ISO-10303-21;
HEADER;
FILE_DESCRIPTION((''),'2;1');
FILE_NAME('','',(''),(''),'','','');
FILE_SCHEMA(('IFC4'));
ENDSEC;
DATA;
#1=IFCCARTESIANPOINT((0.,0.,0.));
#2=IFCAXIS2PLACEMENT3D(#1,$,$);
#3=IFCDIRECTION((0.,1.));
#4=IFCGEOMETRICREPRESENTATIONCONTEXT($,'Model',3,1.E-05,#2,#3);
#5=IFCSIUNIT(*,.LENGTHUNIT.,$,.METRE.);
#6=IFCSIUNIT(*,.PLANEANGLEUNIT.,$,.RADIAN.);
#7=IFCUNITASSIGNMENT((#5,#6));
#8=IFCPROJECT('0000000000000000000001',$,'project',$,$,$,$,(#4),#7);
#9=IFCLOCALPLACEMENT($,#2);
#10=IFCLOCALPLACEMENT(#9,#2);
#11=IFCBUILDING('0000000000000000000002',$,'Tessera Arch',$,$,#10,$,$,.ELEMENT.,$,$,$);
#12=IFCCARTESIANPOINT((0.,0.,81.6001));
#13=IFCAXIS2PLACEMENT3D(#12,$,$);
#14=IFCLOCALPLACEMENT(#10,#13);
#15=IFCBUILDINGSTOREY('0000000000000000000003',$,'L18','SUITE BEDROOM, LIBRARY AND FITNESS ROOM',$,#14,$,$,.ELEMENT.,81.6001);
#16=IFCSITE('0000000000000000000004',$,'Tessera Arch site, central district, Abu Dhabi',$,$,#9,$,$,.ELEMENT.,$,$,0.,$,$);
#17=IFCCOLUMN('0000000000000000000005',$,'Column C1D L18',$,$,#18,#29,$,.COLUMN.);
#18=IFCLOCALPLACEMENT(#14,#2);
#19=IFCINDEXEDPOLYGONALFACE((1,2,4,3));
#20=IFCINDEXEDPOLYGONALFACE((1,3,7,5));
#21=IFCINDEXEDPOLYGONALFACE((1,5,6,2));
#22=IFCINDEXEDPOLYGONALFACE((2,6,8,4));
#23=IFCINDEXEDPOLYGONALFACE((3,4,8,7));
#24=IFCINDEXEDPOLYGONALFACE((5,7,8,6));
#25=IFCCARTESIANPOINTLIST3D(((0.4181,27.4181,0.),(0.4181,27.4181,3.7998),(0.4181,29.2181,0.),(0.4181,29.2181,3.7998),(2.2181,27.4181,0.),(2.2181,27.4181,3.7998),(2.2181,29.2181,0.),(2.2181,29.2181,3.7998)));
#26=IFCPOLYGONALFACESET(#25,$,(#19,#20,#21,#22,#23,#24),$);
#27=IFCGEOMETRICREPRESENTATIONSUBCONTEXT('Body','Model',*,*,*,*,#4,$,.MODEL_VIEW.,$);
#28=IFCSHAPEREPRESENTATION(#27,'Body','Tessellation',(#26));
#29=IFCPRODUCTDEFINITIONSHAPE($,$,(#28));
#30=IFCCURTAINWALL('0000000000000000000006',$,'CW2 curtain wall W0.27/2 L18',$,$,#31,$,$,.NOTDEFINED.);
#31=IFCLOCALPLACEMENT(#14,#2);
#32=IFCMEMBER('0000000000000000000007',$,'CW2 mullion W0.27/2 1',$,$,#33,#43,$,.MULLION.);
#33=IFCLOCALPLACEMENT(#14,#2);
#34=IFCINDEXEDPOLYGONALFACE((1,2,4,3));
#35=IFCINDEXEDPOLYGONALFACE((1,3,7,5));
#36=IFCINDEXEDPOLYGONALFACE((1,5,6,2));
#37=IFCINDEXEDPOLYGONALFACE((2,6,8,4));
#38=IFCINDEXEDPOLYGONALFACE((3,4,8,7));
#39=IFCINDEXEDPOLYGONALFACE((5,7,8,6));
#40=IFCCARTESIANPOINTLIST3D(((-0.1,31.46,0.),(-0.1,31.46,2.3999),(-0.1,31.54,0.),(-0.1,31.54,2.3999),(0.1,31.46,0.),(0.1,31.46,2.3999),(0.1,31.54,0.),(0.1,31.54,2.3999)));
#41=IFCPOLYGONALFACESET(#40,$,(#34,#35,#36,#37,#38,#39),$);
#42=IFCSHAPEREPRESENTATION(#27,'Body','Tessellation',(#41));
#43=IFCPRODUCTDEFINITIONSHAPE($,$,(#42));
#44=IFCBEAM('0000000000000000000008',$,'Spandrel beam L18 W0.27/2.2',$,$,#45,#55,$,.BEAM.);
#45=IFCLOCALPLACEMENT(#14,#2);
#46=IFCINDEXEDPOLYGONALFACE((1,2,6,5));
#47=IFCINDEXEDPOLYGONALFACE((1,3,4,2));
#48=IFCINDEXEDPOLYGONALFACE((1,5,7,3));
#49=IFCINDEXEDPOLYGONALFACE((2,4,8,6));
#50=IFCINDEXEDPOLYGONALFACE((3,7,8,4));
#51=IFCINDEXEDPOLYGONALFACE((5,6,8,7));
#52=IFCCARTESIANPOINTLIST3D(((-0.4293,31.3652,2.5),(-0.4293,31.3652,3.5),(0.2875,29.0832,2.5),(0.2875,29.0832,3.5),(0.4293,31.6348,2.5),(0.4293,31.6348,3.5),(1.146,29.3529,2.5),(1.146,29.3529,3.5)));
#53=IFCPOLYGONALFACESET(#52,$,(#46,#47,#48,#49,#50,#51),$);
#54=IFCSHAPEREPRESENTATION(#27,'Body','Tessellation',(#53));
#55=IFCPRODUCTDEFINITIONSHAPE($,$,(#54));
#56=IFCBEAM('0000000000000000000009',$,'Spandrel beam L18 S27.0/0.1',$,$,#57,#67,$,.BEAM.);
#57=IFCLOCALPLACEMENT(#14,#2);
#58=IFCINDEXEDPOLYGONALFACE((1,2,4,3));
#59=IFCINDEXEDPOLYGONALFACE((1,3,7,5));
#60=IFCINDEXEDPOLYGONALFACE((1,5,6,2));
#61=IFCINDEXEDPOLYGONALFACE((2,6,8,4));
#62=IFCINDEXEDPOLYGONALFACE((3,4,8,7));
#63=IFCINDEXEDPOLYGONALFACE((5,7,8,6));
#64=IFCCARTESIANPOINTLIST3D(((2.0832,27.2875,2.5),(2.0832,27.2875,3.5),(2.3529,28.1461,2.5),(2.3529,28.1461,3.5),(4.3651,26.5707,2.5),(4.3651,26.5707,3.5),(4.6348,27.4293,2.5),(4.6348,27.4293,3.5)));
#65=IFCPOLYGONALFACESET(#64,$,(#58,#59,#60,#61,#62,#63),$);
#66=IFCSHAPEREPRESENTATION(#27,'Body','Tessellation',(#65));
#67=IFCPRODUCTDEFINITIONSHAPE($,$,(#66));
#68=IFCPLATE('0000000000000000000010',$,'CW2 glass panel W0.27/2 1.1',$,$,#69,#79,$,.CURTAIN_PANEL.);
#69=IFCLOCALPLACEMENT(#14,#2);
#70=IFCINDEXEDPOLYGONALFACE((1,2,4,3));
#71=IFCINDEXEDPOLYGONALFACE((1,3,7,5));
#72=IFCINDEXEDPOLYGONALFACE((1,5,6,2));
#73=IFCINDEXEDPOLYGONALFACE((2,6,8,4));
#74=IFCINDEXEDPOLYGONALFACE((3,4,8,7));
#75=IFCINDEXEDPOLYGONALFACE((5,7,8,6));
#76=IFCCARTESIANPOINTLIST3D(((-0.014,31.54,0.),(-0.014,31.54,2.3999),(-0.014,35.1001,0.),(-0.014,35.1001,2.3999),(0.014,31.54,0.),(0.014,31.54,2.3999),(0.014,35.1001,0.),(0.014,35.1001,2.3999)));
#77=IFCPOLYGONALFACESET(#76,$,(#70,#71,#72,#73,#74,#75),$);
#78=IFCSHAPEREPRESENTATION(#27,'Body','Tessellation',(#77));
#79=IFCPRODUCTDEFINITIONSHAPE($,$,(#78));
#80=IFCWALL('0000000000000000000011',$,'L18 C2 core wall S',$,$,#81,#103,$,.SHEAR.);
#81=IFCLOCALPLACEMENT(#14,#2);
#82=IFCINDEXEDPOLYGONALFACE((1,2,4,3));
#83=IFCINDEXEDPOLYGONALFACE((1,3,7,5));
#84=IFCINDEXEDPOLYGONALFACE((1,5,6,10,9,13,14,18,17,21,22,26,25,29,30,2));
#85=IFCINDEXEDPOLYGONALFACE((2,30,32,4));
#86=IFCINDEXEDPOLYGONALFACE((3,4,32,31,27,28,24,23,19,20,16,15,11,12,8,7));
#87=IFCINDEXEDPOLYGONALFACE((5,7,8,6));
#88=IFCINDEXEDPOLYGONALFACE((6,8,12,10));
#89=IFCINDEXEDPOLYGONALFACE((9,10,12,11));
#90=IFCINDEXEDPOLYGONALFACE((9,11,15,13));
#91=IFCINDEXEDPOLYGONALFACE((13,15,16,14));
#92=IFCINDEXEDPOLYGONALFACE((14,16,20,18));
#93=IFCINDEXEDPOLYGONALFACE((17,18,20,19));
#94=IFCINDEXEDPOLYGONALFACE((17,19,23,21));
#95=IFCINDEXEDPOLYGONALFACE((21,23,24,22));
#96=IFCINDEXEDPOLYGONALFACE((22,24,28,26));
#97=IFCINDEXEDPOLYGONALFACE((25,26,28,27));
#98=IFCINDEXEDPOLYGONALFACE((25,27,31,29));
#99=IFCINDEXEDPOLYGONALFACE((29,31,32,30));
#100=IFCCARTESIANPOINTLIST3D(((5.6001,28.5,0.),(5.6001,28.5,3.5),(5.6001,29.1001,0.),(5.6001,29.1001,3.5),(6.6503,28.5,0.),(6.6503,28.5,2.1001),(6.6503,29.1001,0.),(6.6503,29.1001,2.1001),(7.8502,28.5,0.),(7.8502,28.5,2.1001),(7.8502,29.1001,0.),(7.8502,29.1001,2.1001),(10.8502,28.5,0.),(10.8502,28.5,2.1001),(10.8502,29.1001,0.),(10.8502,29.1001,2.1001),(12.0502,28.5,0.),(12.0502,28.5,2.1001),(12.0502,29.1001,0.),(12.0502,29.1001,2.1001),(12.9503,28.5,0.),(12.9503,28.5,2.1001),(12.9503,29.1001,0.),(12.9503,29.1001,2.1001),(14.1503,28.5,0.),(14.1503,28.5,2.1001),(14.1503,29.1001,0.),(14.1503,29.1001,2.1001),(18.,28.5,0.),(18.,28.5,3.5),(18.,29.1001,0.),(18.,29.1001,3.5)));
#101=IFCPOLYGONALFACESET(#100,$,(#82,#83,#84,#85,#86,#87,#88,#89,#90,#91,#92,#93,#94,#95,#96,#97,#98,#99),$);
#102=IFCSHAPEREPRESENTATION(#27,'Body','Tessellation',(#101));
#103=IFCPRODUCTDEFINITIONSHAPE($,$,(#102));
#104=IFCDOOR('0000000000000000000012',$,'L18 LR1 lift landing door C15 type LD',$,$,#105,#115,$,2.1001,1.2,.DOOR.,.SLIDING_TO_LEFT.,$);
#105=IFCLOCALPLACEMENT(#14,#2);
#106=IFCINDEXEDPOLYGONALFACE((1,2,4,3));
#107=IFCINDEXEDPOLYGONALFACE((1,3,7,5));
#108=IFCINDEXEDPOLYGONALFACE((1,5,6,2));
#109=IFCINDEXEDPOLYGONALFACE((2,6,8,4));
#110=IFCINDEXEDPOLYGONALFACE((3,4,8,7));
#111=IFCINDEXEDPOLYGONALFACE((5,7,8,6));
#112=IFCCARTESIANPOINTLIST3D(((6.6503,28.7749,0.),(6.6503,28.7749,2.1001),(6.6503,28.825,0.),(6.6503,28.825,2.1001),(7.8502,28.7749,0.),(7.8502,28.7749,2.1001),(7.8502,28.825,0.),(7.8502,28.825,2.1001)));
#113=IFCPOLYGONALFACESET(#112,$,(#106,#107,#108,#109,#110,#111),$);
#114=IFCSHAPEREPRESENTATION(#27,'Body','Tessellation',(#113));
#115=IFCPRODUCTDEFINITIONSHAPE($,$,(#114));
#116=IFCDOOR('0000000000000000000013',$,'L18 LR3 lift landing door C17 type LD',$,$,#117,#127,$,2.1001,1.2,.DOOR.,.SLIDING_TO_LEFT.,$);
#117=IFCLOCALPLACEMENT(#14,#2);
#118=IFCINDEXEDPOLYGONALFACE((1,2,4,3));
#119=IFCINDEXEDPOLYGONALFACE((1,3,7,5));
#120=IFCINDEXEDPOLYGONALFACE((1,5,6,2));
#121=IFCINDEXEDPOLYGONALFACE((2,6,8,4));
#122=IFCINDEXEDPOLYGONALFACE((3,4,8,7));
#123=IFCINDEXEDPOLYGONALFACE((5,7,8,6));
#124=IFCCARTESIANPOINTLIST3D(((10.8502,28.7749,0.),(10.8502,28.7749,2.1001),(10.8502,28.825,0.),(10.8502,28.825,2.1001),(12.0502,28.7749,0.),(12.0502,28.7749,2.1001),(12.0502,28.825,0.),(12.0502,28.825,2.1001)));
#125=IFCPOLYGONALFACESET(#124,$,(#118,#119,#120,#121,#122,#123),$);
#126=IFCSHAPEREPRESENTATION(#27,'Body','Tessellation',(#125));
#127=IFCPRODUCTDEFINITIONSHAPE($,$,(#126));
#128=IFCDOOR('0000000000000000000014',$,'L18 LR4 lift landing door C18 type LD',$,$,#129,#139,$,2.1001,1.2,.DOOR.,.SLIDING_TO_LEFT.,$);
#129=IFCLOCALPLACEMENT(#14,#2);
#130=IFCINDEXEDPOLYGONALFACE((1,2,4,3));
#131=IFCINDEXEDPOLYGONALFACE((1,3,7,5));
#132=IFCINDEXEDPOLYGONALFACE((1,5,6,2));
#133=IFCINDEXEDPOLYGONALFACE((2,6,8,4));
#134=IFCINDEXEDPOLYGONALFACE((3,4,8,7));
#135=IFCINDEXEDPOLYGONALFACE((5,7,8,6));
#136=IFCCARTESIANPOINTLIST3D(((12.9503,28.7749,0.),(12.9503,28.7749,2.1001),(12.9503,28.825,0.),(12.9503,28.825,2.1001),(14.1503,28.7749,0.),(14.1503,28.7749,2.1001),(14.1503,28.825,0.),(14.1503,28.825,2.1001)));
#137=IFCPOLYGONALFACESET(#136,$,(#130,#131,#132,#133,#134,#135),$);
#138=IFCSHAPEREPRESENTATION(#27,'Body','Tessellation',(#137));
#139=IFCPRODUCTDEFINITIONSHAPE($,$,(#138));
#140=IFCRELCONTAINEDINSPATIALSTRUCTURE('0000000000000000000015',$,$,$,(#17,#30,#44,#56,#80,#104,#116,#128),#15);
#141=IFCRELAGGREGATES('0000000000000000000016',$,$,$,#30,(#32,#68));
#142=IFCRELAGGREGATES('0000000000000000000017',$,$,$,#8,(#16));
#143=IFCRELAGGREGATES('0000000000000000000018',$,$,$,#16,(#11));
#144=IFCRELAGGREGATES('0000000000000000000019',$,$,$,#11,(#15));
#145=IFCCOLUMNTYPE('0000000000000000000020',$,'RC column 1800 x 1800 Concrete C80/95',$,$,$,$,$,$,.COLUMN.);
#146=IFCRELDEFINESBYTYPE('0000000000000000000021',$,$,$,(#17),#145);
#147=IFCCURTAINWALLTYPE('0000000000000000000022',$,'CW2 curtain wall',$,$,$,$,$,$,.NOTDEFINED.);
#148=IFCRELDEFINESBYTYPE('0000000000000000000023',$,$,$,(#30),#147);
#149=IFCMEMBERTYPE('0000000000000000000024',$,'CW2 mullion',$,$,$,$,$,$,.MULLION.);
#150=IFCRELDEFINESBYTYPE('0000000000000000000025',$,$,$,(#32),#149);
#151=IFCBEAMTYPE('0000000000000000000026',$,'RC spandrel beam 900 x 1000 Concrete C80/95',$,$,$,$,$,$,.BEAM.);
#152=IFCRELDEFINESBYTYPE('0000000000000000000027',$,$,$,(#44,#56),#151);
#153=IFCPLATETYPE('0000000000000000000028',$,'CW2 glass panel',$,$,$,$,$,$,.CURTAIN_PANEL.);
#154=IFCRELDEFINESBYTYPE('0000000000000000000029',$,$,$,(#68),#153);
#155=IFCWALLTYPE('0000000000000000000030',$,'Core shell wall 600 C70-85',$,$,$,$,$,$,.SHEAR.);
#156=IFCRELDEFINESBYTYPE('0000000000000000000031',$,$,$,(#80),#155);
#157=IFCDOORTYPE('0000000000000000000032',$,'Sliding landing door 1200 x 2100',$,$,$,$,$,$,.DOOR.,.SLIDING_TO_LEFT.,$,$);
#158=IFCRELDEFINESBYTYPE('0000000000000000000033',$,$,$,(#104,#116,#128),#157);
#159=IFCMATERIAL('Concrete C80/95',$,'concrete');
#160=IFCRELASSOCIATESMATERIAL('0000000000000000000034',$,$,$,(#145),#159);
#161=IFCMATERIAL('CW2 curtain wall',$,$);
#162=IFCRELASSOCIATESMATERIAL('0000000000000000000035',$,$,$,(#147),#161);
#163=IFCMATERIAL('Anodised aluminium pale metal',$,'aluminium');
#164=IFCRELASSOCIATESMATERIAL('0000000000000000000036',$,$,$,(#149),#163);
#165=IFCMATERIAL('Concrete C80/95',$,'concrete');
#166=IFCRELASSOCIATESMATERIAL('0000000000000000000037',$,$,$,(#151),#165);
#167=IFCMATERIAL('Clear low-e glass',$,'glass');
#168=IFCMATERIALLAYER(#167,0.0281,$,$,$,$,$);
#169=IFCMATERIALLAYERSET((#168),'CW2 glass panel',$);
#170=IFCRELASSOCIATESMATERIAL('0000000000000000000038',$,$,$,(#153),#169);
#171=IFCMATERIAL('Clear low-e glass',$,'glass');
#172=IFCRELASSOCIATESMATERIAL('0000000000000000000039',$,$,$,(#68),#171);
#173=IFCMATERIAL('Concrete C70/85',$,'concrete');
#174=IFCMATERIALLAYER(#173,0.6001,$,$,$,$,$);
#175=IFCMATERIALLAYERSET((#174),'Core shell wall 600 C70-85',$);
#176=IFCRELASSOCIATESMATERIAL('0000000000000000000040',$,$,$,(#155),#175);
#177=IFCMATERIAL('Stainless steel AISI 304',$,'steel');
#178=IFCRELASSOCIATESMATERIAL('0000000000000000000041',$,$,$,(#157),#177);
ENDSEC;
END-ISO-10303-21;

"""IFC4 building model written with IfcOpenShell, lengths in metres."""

from ifc_helpers import new_model, si_unit, direction, frame, frame_2d, origin, origin_2d, place, context, subcontext, project, spatial, rectangle, extrude, material, layer, layer_set, material_profile, profile_set, type_object, element, fill, aggregate, save


model = new_model("IFC4")

# Units and contexts
model_context = context("Model", 3, precision=1e-05, world=origin(), true_north=direction((0.0, 1.0)))
body_context = subcontext(model_context, "Body", "Model", "MODEL_VIEW")
ifc_project = project(units=[si_unit("LENGTHUNIT", "METRE"), si_unit("PLANEANGLEUNIT", "RADIAN")], contexts=[model_context])

# Site, building, storey
site_placement = place(None, origin())
site = spatial("IfcSite", under=ifc_project, at=site_placement, Name="Tessera Arch site, central district, Abu Dhabi", CompositionType="ELEMENT", RefElevation=0.0)
building_placement = place(site_placement, origin())
building = spatial("IfcBuilding", under=site, at=building_placement, Name="Tessera Arch", CompositionType="ELEMENT")
storey_placement = place(building_placement, frame((0.0, 0.0, 81.6001)))
storey = spatial("IfcBuildingStorey", under=building, at=storey_placement, Name="L18", Description="SUITE BEDROOM, LIBRARY AND FITNESS ROOM", CompositionType="ELEMENT", Elevation=81.6001)

# Column
ifc_material_1 = material(Name="Concrete C80/95", Category="concrete")
ifc_material_profile_1 = material_profile(ifc_material_1, rectangle(XDim=1.8, YDim=1.8, at=origin_2d()), Name="RC column 1800 x 1800 Concrete C80/95")
ifc_profile_set_1 = profile_set([ifc_material_profile_1], Name="Concrete C80/95")
column_type = type_object("IfcColumnType", Name="RC column 1800 x 1800 Concrete C80/95", PredefinedType="COLUMN", material=ifc_profile_set_1)
column_placement = place(storey_placement, frame((1.3181, 28.3181, 0.0), z_axis=(0.0, 0.0, 1.0), x_axis=(1.0, 0.0, 0.0)))
element("IfcColumn", 1, at=column_placement, inside=storey, type_object=column_type, Name="Column C1D L18", PredefinedType="COLUMN", context=body_context, shape_type="SweptSolid", body=[
    extrude(rectangle(XDim=1.8, YDim=1.8, at=origin_2d()), origin(), (0.0, 0.0, 1.0), 3.7998),
])

# Curtain wall, member
ifc_material_2 = material(Name="CW2 curtain wall")
curtain_wall_type = type_object("IfcCurtainWallType", Name="CW2 curtain wall", PredefinedType="NOTDEFINED", material=ifc_material_2)
curtain_wall_placement = place(storey_placement, origin())
curtain_wall = element("IfcCurtainWall", 2, at=curtain_wall_placement, inside=storey, type_object=curtain_wall_type, Name="CW2 curtain wall W0.27/2 L18", PredefinedType="NOTDEFINED")
ifc_material_3 = material(Name="Anodised aluminium pale metal", Category="aluminium")
ifc_material_profile_2 = material_profile(ifc_material_3, rectangle(XDim=0.2, YDim=0.0801, at=origin_2d()), Name="AL 80x200")
ifc_profile_set_2 = profile_set([ifc_material_profile_2], Name="Anodised aluminium pale metal")
member_type = type_object("IfcMemberType", Name="CW2 mullion", PredefinedType="MULLION", material=ifc_profile_set_2)
member_placement = place(storey_placement, frame((0.0, 31.5, 0.0), z_axis=(0.0, 0.0, 1.0), x_axis=(1.0, 0.0, 0.0)))
member = element("IfcMember", 3, at=member_placement, type_object=member_type, Name="CW2 mullion W0.27/2 1", PredefinedType="MULLION", context=body_context, shape_type="SweptSolid", body=[
    extrude(rectangle(XDim=0.2, YDim=0.0801, at=origin_2d()), origin(), (0.0, 0.0, 1.0), 2.3999),
])

# Beams
ifc_material_4 = material(Name="Concrete C80/95", Category="concrete")
ifc_material_profile_3 = material_profile(ifc_material_4, rectangle(XDim=0.8999, YDim=1.0, at=origin_2d()), Name="RC spandrel beam 900 x 1000 Concrete C80/95")
ifc_profile_set_3 = profile_set([ifc_material_profile_3], Name="Concrete C80/95")
beam_type = type_object("IfcBeamType", Name="RC spandrel beam 900 x 1000 Concrete C80/95", PredefinedType="BEAM", material=ifc_profile_set_3)
for number, where, z_axis, x_axis, name in (
    (4, (0.0, 31.5, 3.0), (0.299675, -0.954041, 0.0), (0.954041, 0.299675, 0.0), "Spandrel beam L18 W0.27/2.2"),
    (5, (2.218, 27.7168, 3.0), (0.954041, -0.299675, 0.0), (0.299675, 0.954041, 0.0), "Spandrel beam L18 S27.0/0.1"),
):
    element("IfcBeam", number, at=place(storey_placement, frame(where, z_axis=z_axis, x_axis=x_axis)), inside=storey, type_object=beam_type, Name=name, PredefinedType="BEAM", context=body_context, shape_type="SweptSolid", body=[
        extrude(rectangle(XDim=0.8999, YDim=1.0, at=origin_2d()), origin(), (0.0, 0.0, 1.0), 2.3918),
    ])

# Plate
ifc_material_5 = material(Name="Clear low-e glass", Category="glass")
ifc_material_6 = material(Name="Clear low-e glass", Category="glass")
ifc_layer_1 = layer(ifc_material_6, 0.0281)
ifc_layer_set_1 = layer_set([ifc_layer_1], Name="CW2 glass panel")
plate_type = type_object("IfcPlateType", Name="CW2 glass panel", PredefinedType="CURTAIN_PANEL", material=ifc_layer_set_1)
plate_placement = place(storey_placement, frame((0.0, 33.3201, 0.0), z_axis=(0.0, 0.0, 1.0), x_axis=(0.0, -1.0, 0.0)))
plate = element("IfcPlate", 6, at=plate_placement, type_object=plate_type, material=ifc_material_5, Name="CW2 glass panel W0.27/2 1.1", PredefinedType="CURTAIN_PANEL", context=body_context, shape_type="SweptSolid", body=[
    extrude(rectangle(XDim=3.5601, YDim=0.0281, at=origin_2d()), origin(), (0.0, 0.0, 1.0), 2.3999),
])
aggregate(curtain_wall, [member, plate])

# Wall, openings, doors
ifc_material_7 = material(Name="Concrete C70/85", Category="concrete")
ifc_layer_2 = layer(ifc_material_7, 0.6001)
ifc_layer_set_2 = layer_set([ifc_layer_2], Name="Core shell wall 600 C70-85")
wall_type_1 = type_object("IfcWallType", Name="Core shell wall 600 C70-85", PredefinedType="SHEAR", material=ifc_layer_set_2)
wall_1_placement = place(storey_placement, frame((5.6001, 28.8, 0.0), z_axis=(0.0, 0.0, 1.0), x_axis=(1.0, 0.0, 0.0)))
wall_1 = element("IfcWall", 7, at=wall_1_placement, inside=storey, type_object=wall_type_1, Name="L18 C2 core wall S", PredefinedType="SHEAR", context=body_context, shape_type="SweptSolid", body=[
    extrude(rectangle(XDim=12.3999, YDim=0.6001, at=frame_2d((6.2, 0.0))), origin(), (0.0, 0.0, 1.0), 3.5),
])
opening_1_placement = place(wall_1_placement, frame((1.05, 0.0, 0.0)))
opening_1 = element("IfcOpeningElement", 8, at=opening_1_placement, cuts=wall_1, PredefinedType="OPENING", context=body_context, shape_type="SweptSolid", body=[
    extrude(rectangle(XDim=1.2, YDim=2.1001, at=frame_2d((0.6001, 1.05))), frame((0.0, 0.3101, 0.0), z_axis=(0.0, -1.0, 0.0), x_axis=(1.0, 0.0, 0.0)), (0.0, 0.0, 1.0), 0.6201),
])
opening_2_placement = place(wall_1_placement, frame((5.25, 0.0, 0.0)))
opening_2 = element("IfcOpeningElement", 9, at=opening_2_placement, cuts=wall_1, PredefinedType="OPENING", context=body_context, shape_type="SweptSolid", body=[
    extrude(rectangle(XDim=1.2, YDim=2.1001, at=frame_2d((0.6001, 1.05))), frame((0.0, 0.3101, 0.0), z_axis=(0.0, -1.0, 0.0), x_axis=(1.0, 0.0, 0.0)), (0.0, 0.0, 1.0), 0.6201),
])
opening_3_placement = place(wall_1_placement, frame((7.3501, 0.0, 0.0)))
opening_3 = element("IfcOpeningElement", 10, at=opening_3_placement, cuts=wall_1, PredefinedType="OPENING", context=body_context, shape_type="SweptSolid", body=[
    extrude(rectangle(XDim=1.2, YDim=2.1001, at=frame_2d((0.6001, 1.05))), frame((0.0, 0.3101, 0.0), z_axis=(0.0, -1.0, 0.0), x_axis=(1.0, 0.0, 0.0)), (0.0, 0.0, 1.0), 0.6201),
])
ifc_material_8 = material(Name="Stainless steel AISI 304", Category="steel")
door_type_1 = type_object("IfcDoorType", Name="Sliding landing door 1200 x 2100", OperationType="SLIDING_TO_LEFT", PredefinedType="DOOR", material=ifc_material_8)
door_1_placement = place(opening_1_placement, origin())
door_1 = element("IfcDoor", 11, at=door_1_placement, inside=storey, type_object=door_type_1, Name="L18 LR1 lift landing door C15 type LD", OperationType="SLIDING_TO_LEFT", OverallHeight=2.1001, OverallWidth=1.2, PredefinedType="DOOR", context=body_context, shape_type="SweptSolid", body=[
    extrude(rectangle(XDim=1.2, YDim=2.1001, at=frame_2d((0.6001, 1.05))), frame((0.0, 0.0249, 0.0), z_axis=(0.0, -1.0, 0.0), x_axis=(1.0, 0.0, 0.0)), (0.0, 0.0, 1.0), 0.05),
])
fill(opening_1, door_1)
door_2_placement = place(opening_2_placement, origin())
door_2 = element("IfcDoor", 12, at=door_2_placement, inside=storey, type_object=door_type_1, Name="L18 LR3 lift landing door C17 type LD", OperationType="SLIDING_TO_LEFT", OverallHeight=2.1001, OverallWidth=1.2, PredefinedType="DOOR", context=body_context, shape_type="SweptSolid", body=[
    extrude(rectangle(XDim=1.2, YDim=2.1001, at=frame_2d((0.6001, 1.05))), frame((0.0, 0.0249, 0.0), z_axis=(0.0, -1.0, 0.0), x_axis=(1.0, 0.0, 0.0)), (0.0, 0.0, 1.0), 0.05),
])
fill(opening_2, door_2)
door_3_placement = place(opening_3_placement, origin())
door_3 = element("IfcDoor", 13, at=door_3_placement, inside=storey, type_object=door_type_1, Name="L18 LR4 lift landing door C18 type LD", OperationType="SLIDING_TO_LEFT", OverallHeight=2.1001, OverallWidth=1.2, PredefinedType="DOOR", context=body_context, shape_type="SweptSolid", body=[
    extrude(rectangle(XDim=1.2, YDim=2.1001, at=frame_2d((0.6001, 1.05))), frame((0.0, 0.0249, 0.0), z_axis=(0.0, -1.0, 0.0), x_axis=(1.0, 0.0, 0.0)), (0.0, 0.0, 1.0), 0.05),
])
fill(opening_3, door_3)

save(model, "model.ifc")
